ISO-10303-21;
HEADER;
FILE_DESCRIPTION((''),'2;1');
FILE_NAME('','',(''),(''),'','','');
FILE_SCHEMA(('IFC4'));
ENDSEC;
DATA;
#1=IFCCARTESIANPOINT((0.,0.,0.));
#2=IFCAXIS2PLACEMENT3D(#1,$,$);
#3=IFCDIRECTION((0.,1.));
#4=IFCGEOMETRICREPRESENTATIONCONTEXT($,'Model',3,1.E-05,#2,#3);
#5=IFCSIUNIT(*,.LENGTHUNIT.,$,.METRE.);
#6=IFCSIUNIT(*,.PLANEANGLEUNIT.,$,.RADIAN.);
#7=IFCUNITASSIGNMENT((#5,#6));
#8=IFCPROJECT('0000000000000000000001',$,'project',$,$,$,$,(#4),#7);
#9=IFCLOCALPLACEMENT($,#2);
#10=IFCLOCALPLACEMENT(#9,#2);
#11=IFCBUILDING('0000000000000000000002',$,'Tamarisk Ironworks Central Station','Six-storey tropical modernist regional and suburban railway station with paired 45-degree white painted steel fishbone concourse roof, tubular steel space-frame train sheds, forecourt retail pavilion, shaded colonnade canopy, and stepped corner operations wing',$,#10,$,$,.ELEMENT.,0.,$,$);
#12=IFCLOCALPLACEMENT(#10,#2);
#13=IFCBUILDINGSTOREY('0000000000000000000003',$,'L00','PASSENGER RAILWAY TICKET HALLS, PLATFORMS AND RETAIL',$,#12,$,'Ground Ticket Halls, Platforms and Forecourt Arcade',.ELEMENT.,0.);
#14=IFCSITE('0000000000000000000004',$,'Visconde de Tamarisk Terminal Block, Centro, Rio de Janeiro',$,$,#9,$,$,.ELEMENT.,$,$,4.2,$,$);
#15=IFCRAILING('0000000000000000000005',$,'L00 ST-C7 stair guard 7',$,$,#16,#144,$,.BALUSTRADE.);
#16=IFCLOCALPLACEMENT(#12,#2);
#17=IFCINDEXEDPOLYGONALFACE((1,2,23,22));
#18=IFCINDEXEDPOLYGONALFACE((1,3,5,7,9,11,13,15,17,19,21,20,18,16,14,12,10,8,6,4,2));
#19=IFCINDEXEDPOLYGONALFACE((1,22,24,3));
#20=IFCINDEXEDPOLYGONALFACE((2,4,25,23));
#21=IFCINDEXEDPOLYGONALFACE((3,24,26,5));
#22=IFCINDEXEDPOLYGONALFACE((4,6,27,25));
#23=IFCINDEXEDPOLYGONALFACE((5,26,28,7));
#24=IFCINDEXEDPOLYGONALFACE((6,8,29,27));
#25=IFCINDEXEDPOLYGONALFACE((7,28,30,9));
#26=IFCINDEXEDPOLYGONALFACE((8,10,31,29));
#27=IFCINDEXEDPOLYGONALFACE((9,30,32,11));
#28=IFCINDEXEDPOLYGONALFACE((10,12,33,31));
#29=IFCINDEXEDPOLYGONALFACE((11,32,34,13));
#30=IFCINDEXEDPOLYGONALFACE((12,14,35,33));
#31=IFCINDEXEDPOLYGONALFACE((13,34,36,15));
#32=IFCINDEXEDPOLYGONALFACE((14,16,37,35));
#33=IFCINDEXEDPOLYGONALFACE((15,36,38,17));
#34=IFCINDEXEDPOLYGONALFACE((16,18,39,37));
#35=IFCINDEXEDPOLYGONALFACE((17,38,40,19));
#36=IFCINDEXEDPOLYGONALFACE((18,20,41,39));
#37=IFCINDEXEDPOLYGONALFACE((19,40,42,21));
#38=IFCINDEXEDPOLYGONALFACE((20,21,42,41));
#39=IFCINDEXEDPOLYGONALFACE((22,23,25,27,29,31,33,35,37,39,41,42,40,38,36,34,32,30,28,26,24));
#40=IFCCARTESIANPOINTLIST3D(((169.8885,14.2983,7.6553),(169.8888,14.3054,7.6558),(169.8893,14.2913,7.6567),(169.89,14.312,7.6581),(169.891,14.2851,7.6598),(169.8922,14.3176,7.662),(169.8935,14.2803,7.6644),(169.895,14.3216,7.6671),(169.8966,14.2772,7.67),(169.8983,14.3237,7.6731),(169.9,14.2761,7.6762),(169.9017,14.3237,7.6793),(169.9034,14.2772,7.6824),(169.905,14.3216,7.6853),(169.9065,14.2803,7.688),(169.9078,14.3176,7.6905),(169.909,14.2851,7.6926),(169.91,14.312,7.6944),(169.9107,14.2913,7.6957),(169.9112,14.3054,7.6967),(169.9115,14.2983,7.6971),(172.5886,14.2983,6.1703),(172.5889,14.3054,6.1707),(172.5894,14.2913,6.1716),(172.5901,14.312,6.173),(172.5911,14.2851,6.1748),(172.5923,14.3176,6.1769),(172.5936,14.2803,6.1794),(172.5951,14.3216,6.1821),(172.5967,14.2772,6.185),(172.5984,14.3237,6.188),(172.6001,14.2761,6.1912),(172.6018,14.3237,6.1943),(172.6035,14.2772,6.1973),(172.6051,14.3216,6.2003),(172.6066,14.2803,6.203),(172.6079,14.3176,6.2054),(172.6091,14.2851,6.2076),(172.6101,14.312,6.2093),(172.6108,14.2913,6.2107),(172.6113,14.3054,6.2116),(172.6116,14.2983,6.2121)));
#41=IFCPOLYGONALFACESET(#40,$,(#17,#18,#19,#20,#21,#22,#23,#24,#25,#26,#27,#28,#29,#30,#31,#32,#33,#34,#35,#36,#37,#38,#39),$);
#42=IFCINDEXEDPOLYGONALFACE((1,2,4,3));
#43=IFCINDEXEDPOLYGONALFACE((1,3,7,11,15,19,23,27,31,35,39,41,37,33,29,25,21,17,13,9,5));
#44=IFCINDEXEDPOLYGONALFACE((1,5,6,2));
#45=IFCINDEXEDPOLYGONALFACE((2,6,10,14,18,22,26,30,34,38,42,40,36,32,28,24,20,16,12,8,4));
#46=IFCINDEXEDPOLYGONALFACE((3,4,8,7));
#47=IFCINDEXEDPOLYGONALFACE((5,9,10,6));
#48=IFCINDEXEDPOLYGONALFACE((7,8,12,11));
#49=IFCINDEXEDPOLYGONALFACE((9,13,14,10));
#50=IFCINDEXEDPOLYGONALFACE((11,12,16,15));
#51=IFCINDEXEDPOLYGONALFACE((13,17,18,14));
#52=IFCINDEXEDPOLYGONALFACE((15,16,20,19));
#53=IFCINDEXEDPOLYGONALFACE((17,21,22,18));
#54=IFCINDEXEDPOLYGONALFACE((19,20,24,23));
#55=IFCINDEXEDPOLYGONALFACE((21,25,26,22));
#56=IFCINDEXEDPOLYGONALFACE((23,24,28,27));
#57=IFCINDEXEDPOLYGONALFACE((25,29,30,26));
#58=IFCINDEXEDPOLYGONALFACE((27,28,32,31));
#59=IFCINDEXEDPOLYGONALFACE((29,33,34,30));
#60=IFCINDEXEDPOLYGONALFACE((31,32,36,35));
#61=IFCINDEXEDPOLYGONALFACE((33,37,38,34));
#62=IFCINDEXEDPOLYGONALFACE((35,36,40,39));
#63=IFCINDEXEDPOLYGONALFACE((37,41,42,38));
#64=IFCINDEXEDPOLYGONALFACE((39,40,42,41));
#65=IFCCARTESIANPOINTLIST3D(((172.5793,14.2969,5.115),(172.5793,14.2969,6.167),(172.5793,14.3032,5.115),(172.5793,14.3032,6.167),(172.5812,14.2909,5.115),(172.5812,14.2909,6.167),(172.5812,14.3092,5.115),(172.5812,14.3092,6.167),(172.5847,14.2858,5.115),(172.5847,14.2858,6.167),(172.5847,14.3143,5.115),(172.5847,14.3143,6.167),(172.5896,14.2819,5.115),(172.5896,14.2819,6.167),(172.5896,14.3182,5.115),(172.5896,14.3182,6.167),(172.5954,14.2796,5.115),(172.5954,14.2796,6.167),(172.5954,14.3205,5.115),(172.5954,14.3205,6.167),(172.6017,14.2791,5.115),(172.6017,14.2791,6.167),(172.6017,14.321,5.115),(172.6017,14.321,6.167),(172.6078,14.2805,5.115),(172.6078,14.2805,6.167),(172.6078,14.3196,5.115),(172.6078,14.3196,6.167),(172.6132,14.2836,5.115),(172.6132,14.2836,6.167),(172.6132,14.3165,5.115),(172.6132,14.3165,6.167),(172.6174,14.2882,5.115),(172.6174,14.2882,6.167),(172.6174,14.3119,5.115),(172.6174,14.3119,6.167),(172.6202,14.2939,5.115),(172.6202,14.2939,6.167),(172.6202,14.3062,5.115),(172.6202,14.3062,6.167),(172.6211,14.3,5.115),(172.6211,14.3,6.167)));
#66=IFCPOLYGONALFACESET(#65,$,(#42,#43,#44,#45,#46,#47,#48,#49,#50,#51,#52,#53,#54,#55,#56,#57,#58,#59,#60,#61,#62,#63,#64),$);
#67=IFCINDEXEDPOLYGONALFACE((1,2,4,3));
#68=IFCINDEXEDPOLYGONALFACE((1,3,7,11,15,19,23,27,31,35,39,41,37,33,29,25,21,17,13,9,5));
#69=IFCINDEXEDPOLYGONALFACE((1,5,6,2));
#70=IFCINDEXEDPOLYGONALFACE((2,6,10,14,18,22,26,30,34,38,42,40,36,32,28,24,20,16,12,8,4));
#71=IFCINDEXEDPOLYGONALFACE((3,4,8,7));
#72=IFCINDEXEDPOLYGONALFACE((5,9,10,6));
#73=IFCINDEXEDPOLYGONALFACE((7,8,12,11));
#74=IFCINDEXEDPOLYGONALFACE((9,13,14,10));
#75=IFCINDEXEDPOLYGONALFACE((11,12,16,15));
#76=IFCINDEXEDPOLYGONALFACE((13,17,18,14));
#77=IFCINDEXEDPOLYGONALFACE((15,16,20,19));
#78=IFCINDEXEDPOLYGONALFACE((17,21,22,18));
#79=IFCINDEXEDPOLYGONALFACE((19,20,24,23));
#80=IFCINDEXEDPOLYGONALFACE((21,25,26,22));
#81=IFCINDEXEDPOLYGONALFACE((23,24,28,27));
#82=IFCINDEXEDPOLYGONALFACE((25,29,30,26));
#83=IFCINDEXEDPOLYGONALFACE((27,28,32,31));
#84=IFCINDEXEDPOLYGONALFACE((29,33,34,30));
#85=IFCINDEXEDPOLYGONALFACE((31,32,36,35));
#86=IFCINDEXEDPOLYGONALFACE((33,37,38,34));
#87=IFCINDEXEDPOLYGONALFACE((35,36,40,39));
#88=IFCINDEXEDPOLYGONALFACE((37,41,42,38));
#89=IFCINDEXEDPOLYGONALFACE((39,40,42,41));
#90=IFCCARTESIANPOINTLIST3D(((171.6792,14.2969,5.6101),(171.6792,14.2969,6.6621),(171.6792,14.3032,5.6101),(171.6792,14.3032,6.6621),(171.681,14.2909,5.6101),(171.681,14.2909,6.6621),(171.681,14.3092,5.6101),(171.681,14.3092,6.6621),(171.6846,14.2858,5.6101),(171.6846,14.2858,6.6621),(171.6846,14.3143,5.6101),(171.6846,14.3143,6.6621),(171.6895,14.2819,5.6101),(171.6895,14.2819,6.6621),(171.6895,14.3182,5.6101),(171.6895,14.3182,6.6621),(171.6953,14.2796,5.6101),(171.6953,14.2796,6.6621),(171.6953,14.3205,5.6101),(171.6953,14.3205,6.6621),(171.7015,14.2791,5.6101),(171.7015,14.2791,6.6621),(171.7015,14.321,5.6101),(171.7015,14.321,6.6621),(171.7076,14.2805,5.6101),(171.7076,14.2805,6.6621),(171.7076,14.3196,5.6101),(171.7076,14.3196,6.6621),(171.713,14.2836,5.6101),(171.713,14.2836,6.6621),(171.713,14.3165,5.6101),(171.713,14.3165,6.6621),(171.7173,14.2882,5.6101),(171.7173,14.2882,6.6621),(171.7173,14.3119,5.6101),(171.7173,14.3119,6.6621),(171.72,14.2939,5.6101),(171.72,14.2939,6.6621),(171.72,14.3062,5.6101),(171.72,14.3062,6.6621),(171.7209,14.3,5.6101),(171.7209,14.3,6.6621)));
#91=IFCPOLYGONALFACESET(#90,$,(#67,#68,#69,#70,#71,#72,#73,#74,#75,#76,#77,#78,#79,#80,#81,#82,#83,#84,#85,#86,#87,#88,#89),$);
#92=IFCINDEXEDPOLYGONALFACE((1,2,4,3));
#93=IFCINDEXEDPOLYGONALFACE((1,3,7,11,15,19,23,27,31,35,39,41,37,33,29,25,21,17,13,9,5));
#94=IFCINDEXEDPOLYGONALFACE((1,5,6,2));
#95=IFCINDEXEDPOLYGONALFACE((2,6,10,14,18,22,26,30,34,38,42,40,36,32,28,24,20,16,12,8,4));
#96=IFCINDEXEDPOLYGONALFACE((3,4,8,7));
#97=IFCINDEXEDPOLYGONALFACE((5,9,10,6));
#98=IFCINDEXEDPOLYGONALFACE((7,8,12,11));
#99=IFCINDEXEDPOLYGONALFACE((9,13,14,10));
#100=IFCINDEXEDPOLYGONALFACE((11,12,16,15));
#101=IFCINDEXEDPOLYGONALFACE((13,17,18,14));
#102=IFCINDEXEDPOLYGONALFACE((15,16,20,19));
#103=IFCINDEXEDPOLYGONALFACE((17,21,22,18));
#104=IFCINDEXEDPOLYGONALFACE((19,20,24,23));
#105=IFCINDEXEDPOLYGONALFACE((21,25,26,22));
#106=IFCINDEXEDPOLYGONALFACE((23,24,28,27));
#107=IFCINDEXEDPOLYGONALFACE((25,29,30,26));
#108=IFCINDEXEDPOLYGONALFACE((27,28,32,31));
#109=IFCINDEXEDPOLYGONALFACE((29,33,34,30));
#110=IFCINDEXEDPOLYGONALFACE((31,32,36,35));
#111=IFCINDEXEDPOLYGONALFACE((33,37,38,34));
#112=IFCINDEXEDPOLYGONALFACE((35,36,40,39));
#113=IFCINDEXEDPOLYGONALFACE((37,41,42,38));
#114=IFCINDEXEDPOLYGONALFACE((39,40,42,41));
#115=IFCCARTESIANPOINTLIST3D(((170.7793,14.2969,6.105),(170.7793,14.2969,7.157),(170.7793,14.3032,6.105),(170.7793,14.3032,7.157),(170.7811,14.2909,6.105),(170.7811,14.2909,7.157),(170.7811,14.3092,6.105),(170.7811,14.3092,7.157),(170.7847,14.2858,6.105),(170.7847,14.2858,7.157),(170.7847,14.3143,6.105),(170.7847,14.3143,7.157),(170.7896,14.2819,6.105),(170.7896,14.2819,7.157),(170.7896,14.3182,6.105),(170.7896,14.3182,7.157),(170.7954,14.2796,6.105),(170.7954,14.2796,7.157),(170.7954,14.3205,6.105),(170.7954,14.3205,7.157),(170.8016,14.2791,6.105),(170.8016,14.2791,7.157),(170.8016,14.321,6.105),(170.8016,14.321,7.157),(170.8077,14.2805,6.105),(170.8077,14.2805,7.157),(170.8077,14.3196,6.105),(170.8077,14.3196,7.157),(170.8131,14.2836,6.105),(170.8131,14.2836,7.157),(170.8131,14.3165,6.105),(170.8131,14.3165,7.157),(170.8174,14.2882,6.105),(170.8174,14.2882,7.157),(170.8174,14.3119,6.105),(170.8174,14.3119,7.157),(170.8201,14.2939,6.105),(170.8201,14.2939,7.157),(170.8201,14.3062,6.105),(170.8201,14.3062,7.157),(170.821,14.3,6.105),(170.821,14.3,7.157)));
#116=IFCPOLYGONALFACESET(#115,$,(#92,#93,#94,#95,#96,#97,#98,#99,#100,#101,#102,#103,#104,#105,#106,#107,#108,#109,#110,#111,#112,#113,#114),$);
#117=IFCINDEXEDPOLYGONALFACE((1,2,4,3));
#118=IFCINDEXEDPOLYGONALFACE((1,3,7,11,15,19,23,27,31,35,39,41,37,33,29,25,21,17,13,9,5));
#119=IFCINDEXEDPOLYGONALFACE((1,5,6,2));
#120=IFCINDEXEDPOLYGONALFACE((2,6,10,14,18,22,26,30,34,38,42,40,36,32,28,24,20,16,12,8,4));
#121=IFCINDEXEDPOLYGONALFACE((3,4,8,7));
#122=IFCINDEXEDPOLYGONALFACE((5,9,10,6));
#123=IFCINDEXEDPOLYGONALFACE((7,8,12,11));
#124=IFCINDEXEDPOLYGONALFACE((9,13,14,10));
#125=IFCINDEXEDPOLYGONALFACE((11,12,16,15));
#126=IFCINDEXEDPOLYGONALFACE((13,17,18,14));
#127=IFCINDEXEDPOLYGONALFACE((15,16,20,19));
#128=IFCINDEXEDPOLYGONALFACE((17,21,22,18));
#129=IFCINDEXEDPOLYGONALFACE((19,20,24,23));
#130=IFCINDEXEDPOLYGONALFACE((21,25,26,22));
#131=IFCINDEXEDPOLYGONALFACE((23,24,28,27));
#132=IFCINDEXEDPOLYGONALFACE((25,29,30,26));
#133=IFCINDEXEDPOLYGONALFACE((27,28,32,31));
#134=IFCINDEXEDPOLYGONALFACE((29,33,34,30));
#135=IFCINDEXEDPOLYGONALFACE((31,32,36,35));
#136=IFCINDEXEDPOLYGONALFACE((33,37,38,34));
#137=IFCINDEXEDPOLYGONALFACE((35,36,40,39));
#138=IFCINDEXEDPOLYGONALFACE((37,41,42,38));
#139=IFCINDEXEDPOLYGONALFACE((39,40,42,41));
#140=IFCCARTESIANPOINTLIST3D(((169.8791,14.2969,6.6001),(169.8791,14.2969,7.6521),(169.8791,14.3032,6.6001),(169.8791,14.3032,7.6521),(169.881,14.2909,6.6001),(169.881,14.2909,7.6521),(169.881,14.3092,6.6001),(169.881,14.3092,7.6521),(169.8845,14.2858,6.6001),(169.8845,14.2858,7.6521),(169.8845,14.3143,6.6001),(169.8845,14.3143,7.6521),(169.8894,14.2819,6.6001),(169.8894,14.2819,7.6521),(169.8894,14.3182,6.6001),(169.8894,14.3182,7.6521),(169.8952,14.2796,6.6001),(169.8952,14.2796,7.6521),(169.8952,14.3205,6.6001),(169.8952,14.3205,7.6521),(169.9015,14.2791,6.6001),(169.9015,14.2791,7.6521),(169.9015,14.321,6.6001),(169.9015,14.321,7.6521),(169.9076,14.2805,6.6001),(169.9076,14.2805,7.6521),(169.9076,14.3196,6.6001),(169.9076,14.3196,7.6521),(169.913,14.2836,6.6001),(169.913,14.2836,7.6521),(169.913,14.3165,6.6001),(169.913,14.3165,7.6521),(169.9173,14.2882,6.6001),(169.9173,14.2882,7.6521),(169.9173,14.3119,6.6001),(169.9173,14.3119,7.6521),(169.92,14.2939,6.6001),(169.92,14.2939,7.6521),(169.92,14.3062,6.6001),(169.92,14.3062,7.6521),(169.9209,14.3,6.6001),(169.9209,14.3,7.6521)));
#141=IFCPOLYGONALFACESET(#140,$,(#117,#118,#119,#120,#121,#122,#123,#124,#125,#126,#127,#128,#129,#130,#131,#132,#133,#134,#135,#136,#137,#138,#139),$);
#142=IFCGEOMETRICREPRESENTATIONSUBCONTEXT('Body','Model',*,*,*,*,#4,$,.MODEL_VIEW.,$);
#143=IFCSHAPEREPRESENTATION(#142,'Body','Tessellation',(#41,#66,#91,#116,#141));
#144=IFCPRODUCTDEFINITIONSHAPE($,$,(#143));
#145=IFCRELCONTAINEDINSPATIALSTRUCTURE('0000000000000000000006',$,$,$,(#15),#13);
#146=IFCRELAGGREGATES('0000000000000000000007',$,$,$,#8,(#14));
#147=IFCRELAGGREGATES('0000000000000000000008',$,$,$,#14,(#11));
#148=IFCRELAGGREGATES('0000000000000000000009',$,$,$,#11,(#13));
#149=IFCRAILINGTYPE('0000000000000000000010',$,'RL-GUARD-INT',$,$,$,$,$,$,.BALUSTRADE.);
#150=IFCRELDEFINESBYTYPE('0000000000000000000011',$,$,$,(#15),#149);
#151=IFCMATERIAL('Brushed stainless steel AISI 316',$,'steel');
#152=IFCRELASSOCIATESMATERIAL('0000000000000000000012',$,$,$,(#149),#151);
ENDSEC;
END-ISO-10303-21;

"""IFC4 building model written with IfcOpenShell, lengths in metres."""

from ifc_helpers import new_model, si_unit, direction, frame, origin, origin_2d, place, context, subcontext, project, spatial, circle, extrude, material, type_object, element, save


model = new_model("IFC4")

# Units and contexts
model_context = context("Model", 3, precision=1e-05, world=origin(), true_north=direction((0.0, 1.0)))
body_context = subcontext(model_context, "Body", "Model", "MODEL_VIEW")
ifc_project = project(units=[si_unit("LENGTHUNIT", "METRE"), si_unit("PLANEANGLEUNIT", "RADIAN")], contexts=[model_context])

# Site, building, storey
site_placement = place(None, origin())
site = spatial("IfcSite", under=ifc_project, at=site_placement, Name="Visconde de Tamarisk Terminal Block, Centro, Rio de Janeiro", CompositionType="ELEMENT", RefElevation=4.2)
building_placement = place(site_placement, origin())
building = spatial("IfcBuilding", under=site, at=building_placement, Name="Tamarisk Ironworks Central Station", Description="Six-storey tropical modernist regional and suburban railway station with paired 45-degree white painted steel fishbone concourse roof, tubular steel space-frame train sheds, forecourt retail pavilion, shaded colonnade canopy, and stepped corner operations wing", CompositionType="ELEMENT", ElevationOfRefHeight=0.0)
storey_placement = place(building_placement, origin())
storey = spatial("IfcBuildingStorey", under=building, at=storey_placement, Name="L00", Description="PASSENGER RAILWAY TICKET HALLS, PLATFORMS AND RETAIL", LongName="Ground Ticket Halls, Platforms and Forecourt Arcade", CompositionType="ELEMENT", Elevation=0.0)

# Railing
ifc_material_1 = material(Name="Brushed stainless steel AISI 316", Category="steel")
railing_type_1 = type_object("IfcRailingType", Name="RL-GUARD-INT", PredefinedType="BALUSTRADE", material=ifc_material_1)
railing_1_placement = place(storey_placement, frame((172.6001, 14.3, 5.115)))
element("IfcRailing", 1, at=railing_1_placement, inside=storey, type_object=railing_type_1, Name="L00 ST-C7 stair guard 7", PredefinedType="BALUSTRADE", context=body_context, shape_type="SweptSolid", body=[
    extrude(circle(Radius=0.0239, at=origin_2d()), frame((0.0, 0.0, 1.0762), z_axis=(-0.876216, 0.0, 0.481919), x_axis=(0.0, -1.0, 0.0)), (0.0, 0.0, 1.0), 3.0815),
    extrude(circle(Radius=0.021, at=origin_2d()), origin(), (0.0, 0.0, 1.0), 1.052),
    extrude(circle(Radius=0.021, at=origin_2d()), frame((-0.9001, 0.0, 0.4951)), (0.0, 0.0, 1.0), 1.052),
    extrude(circle(Radius=0.021, at=origin_2d()), frame((-1.8, 0.0, 0.99)), (0.0, 0.0, 1.0), 1.052),
    extrude(circle(Radius=0.021, at=origin_2d()), frame((-2.7002, 0.0, 1.4851)), (0.0, 0.0, 1.0), 1.052),
])

save(model, "model.ifc")
